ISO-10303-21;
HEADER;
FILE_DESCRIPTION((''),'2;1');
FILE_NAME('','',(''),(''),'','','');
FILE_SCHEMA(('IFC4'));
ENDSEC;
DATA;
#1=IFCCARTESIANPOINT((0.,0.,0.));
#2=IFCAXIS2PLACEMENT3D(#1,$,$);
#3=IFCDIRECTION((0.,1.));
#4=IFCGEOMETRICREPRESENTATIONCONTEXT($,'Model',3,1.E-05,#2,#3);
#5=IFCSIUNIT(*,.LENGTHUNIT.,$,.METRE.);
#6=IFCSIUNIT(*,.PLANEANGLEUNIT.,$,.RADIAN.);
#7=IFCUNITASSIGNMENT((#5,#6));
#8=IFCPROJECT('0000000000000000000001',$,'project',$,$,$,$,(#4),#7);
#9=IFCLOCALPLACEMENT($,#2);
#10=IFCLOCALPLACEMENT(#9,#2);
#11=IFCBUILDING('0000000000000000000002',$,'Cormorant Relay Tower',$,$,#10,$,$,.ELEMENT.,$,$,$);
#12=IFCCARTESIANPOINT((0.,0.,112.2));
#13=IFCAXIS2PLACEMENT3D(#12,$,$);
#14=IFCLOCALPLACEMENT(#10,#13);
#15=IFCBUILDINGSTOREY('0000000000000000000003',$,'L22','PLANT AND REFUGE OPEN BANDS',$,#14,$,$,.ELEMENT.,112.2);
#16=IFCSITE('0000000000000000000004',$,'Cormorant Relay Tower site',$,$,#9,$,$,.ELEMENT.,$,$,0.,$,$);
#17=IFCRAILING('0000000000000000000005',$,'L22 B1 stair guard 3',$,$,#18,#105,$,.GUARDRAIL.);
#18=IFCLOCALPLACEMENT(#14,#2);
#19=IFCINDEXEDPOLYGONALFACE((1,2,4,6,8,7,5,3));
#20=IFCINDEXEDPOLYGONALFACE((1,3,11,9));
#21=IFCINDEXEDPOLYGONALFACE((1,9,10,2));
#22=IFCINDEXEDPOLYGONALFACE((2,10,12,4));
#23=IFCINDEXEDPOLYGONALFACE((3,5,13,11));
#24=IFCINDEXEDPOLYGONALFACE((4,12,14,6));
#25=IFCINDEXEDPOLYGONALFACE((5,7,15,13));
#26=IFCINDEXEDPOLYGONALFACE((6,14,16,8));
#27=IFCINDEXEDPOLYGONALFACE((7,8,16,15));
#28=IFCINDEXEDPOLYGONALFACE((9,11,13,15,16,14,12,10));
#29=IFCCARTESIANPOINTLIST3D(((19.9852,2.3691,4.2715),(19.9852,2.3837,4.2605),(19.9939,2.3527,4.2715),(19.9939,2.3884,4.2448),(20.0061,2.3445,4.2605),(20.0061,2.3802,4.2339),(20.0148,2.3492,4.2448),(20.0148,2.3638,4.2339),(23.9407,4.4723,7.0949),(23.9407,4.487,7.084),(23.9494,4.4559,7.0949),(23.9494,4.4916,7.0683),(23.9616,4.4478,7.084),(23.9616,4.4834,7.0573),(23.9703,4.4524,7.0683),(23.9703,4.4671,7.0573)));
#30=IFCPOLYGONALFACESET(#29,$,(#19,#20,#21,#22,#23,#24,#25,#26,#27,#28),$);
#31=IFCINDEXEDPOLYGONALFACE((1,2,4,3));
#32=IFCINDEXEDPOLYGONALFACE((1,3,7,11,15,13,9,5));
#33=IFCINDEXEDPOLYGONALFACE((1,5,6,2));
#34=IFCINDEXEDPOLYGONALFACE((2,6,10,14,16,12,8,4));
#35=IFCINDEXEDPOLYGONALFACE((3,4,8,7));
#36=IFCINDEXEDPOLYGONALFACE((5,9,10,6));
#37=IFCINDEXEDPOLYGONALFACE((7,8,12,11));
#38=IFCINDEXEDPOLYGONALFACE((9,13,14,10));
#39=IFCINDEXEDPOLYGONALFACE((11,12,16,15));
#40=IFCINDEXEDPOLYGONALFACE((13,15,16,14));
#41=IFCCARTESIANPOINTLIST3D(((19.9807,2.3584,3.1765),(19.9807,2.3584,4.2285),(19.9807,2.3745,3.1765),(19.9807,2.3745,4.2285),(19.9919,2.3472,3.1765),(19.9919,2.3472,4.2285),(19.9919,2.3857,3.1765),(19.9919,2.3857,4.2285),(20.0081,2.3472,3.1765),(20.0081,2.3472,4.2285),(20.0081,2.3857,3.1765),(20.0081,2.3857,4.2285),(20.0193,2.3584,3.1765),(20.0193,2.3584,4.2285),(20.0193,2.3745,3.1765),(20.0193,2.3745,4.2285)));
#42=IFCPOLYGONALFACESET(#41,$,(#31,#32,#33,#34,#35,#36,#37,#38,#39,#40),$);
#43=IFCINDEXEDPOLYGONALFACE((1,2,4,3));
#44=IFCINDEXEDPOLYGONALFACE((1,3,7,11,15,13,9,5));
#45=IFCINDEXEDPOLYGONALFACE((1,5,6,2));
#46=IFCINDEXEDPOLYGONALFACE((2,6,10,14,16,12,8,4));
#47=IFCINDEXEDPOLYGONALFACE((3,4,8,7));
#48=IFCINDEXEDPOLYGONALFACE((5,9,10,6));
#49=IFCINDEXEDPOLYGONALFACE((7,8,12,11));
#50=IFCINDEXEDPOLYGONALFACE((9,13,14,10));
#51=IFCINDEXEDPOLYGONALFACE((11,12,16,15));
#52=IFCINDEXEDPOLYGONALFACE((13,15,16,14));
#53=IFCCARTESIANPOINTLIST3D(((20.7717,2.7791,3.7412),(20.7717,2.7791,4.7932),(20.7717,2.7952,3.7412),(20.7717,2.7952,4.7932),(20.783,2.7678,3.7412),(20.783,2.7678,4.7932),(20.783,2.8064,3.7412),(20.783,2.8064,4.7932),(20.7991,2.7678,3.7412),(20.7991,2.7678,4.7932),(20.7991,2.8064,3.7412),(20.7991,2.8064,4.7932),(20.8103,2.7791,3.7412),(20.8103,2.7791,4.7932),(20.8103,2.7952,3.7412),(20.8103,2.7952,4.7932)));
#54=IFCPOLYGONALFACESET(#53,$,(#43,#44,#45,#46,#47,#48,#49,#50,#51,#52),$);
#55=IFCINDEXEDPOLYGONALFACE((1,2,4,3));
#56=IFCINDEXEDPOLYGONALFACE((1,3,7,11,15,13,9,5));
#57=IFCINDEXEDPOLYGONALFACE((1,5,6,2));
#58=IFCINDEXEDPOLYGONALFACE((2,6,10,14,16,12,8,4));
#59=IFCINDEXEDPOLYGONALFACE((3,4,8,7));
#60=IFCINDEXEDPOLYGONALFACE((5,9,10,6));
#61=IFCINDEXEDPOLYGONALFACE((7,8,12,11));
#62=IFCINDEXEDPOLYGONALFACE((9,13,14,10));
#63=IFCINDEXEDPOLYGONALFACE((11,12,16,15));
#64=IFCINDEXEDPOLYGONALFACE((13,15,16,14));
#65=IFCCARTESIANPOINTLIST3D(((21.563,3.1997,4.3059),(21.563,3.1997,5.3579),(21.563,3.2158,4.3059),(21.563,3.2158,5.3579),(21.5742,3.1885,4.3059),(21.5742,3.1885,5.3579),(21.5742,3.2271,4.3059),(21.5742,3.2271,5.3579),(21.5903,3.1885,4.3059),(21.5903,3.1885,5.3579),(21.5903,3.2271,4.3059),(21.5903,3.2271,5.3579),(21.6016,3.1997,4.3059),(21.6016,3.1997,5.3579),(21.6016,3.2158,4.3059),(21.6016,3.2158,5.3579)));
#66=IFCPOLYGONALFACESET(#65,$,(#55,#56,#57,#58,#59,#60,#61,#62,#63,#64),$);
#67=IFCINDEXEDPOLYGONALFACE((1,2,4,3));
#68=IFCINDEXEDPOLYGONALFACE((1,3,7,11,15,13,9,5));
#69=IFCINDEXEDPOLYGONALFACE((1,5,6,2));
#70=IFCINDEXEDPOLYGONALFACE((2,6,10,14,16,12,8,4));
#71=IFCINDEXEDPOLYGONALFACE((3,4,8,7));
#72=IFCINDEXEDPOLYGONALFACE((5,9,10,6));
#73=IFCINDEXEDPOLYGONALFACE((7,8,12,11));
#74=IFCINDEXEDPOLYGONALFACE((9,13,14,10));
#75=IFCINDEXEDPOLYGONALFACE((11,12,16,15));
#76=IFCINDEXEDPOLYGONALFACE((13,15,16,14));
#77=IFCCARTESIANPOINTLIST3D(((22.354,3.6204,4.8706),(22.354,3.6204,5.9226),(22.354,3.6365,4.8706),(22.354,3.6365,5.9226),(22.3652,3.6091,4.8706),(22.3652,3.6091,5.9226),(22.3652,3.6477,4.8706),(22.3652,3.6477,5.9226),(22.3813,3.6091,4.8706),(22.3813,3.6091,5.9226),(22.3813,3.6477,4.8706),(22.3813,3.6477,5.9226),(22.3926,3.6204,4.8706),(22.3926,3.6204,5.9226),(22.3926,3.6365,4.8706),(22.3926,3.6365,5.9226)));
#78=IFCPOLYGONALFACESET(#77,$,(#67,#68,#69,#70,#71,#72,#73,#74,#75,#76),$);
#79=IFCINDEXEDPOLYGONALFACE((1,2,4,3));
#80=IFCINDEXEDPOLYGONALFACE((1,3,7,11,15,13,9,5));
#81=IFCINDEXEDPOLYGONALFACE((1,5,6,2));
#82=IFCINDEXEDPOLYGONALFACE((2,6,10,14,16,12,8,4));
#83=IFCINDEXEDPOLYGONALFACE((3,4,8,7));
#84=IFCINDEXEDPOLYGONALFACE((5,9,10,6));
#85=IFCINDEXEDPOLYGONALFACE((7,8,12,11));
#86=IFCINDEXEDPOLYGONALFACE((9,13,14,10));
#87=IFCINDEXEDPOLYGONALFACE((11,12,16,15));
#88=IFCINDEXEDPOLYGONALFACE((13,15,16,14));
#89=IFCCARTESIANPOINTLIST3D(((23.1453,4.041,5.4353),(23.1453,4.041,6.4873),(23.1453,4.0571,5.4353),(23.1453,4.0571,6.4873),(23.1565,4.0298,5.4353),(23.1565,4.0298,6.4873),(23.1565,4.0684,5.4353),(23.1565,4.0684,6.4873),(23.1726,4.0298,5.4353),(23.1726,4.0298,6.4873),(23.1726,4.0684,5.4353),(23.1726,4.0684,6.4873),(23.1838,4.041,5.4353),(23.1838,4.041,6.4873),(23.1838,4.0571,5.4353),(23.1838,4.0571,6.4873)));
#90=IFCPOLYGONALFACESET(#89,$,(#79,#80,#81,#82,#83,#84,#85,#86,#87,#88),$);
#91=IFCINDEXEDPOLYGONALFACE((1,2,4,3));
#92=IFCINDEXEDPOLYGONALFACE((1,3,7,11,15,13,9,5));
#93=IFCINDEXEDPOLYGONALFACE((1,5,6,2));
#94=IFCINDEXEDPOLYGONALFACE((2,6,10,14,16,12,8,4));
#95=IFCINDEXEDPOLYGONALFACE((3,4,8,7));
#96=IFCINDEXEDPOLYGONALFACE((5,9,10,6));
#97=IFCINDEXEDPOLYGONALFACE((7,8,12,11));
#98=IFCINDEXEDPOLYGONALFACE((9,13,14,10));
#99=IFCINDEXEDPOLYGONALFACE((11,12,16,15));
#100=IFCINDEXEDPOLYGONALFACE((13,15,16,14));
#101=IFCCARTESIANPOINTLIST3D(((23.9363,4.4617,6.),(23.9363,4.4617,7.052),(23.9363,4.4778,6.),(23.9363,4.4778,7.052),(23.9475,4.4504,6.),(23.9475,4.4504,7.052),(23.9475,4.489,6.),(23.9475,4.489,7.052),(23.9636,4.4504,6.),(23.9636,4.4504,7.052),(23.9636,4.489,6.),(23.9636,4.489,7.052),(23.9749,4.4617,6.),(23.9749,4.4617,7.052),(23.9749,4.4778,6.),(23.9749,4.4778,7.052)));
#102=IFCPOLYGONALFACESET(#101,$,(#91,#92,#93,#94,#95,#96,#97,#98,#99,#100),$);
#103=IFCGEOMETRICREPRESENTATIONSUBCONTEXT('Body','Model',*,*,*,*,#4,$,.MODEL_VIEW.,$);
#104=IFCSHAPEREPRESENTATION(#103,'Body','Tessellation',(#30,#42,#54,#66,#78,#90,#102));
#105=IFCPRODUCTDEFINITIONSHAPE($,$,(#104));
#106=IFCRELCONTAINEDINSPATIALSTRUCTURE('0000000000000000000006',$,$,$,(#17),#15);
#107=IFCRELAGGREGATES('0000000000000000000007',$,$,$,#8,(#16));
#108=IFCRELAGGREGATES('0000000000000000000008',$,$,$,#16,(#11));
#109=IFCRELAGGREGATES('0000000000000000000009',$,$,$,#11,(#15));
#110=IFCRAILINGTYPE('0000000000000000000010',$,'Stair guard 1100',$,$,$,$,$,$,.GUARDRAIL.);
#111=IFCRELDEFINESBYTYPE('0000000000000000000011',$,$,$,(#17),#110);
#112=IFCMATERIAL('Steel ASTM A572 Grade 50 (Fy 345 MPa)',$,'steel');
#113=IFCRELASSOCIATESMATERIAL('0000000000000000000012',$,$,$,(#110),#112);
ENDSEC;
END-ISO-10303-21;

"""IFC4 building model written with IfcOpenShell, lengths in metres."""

from ifc_helpers import new_model, si_unit, direction, frame, origin, place, context, subcontext, project, spatial, polyline, outline, extrude, material, type_object, element, save


model = new_model("IFC4")

# Units and contexts
model_context = context("Model", 3, precision=1e-05, world=origin(), true_north=direction((0.0, 1.0)))
body_context = subcontext(model_context, "Body", "Model", "MODEL_VIEW")
ifc_project = project(units=[si_unit("LENGTHUNIT", "METRE"), si_unit("PLANEANGLEUNIT", "RADIAN")], contexts=[model_context])

# Site, building, storey
site_placement = place(None, origin())
site = spatial("IfcSite", under=ifc_project, at=site_placement, Name="Cormorant Relay Tower site", CompositionType="ELEMENT", RefElevation=0.0)
building_placement = place(site_placement, origin())
building = spatial("IfcBuilding", under=site, at=building_placement, Name="Cormorant Relay Tower", CompositionType="ELEMENT")
storey_placement = place(building_placement, frame((0.0, 0.0, 112.2)))
storey = spatial("IfcBuildingStorey", under=building, at=storey_placement, Name="L22", Description="PLANT AND REFUGE OPEN BANDS", CompositionType="ELEMENT", Elevation=112.2)

# Railing
ifc_material_1 = material(Name="Steel ASTM A572 Grade 50 (Fy 345 MPa)", Category="steel")
railing_type = type_object("IfcRailingType", Name="Stair guard 1100", PredefinedType="GUARDRAIL", material=ifc_material_1)
railing_1_placement = place(storey_placement, frame((20.0, 2.3665, 3.1765)))
element("IfcRailing", 1, at=railing_1_placement, inside=storey, type_object=railing_type, Name="L22 B1 stair guard 3", PredefinedType="GUARDRAIL", context=body_context, shape_type="SweptSolid", body=[
    extrude(outline(polyline([(0.0222, 0.0093), (0.0093, 0.0222), (-0.0093, 0.0222), (-0.0222, 0.0093), (-0.0222, -0.0093), (-0.0093, -0.0222), (0.0093, -0.0222), (0.0222, -0.0093), (0.0222, 0.0093)])), frame((0.0, 0.0, 1.0762), z_axis=(0.746967, 0.397181, 0.533186), x_axis=(-0.469482, 0.882942, 0.0)), (0.0, 0.0, 1.0), 5.2954),
    extrude(outline(polyline([(0.0193, 0.0081), (0.0081, 0.0193), (-0.0081, 0.0193), (-0.0193, 0.0081), (-0.0193, -0.0081), (-0.0081, -0.0193), (0.0081, -0.0193), (0.0193, -0.0081), (0.0193, 0.0081)])), origin(), (0.0, 0.0, 1.0), 1.052),
    extrude(outline(polyline([(0.0193, 0.0081), (0.0081, 0.0193), (-0.0081, 0.0193), (-0.0193, 0.0081), (-0.0193, -0.0081), (-0.0081, -0.0193), (0.0081, -0.0193), (0.0193, -0.0081), (0.0193, 0.0081)])), frame((0.791, 0.4207, 0.5647)), (0.0, 0.0, 1.0), 1.052),
    extrude(outline(polyline([(0.0193, 0.0081), (0.0081, 0.0193), (-0.0081, 0.0193), (-0.0193, 0.0081), (-0.0193, -0.0081), (-0.0081, -0.0193), (0.0081, -0.0193), (0.0193, -0.0081), (0.0193, 0.0081)])), frame((1.5823, 0.8413, 1.1294)), (0.0, 0.0, 1.0), 1.052),
    extrude(outline(polyline([(0.0193, 0.0081), (0.0081, 0.0193), (-0.0081, 0.0193), (-0.0193, 0.0081), (-0.0193, -0.0081), (-0.0081, -0.0193), (0.0081, -0.0193), (0.0193, -0.0081), (0.0193, 0.0081)])), frame((2.3733, 1.262, 1.6941)), (0.0, 0.0, 1.0), 1.052),
    extrude(outline(polyline([(0.0193, 0.0081), (0.0081, 0.0193), (-0.0081, 0.0193), (-0.0193, 0.0081), (-0.0193, -0.0081), (-0.0081, -0.0193), (0.0081, -0.0193), (0.0193, -0.0081), (0.0193, 0.0081)])), frame((3.1646, 1.6826, 2.2588)), (0.0, 0.0, 1.0), 1.052),
    extrude(outline(polyline([(0.0193, 0.0081), (0.0081, 0.0193), (-0.0081, 0.0193), (-0.0193, 0.0081), (-0.0193, -0.0081), (-0.0081, -0.0193), (0.0081, -0.0193), (0.0193, -0.0081), (0.0193, 0.0081)])), frame((3.9556, 2.1033, 2.8235)), (0.0, 0.0, 1.0), 1.052),
])

save(model, "model.ifc")
